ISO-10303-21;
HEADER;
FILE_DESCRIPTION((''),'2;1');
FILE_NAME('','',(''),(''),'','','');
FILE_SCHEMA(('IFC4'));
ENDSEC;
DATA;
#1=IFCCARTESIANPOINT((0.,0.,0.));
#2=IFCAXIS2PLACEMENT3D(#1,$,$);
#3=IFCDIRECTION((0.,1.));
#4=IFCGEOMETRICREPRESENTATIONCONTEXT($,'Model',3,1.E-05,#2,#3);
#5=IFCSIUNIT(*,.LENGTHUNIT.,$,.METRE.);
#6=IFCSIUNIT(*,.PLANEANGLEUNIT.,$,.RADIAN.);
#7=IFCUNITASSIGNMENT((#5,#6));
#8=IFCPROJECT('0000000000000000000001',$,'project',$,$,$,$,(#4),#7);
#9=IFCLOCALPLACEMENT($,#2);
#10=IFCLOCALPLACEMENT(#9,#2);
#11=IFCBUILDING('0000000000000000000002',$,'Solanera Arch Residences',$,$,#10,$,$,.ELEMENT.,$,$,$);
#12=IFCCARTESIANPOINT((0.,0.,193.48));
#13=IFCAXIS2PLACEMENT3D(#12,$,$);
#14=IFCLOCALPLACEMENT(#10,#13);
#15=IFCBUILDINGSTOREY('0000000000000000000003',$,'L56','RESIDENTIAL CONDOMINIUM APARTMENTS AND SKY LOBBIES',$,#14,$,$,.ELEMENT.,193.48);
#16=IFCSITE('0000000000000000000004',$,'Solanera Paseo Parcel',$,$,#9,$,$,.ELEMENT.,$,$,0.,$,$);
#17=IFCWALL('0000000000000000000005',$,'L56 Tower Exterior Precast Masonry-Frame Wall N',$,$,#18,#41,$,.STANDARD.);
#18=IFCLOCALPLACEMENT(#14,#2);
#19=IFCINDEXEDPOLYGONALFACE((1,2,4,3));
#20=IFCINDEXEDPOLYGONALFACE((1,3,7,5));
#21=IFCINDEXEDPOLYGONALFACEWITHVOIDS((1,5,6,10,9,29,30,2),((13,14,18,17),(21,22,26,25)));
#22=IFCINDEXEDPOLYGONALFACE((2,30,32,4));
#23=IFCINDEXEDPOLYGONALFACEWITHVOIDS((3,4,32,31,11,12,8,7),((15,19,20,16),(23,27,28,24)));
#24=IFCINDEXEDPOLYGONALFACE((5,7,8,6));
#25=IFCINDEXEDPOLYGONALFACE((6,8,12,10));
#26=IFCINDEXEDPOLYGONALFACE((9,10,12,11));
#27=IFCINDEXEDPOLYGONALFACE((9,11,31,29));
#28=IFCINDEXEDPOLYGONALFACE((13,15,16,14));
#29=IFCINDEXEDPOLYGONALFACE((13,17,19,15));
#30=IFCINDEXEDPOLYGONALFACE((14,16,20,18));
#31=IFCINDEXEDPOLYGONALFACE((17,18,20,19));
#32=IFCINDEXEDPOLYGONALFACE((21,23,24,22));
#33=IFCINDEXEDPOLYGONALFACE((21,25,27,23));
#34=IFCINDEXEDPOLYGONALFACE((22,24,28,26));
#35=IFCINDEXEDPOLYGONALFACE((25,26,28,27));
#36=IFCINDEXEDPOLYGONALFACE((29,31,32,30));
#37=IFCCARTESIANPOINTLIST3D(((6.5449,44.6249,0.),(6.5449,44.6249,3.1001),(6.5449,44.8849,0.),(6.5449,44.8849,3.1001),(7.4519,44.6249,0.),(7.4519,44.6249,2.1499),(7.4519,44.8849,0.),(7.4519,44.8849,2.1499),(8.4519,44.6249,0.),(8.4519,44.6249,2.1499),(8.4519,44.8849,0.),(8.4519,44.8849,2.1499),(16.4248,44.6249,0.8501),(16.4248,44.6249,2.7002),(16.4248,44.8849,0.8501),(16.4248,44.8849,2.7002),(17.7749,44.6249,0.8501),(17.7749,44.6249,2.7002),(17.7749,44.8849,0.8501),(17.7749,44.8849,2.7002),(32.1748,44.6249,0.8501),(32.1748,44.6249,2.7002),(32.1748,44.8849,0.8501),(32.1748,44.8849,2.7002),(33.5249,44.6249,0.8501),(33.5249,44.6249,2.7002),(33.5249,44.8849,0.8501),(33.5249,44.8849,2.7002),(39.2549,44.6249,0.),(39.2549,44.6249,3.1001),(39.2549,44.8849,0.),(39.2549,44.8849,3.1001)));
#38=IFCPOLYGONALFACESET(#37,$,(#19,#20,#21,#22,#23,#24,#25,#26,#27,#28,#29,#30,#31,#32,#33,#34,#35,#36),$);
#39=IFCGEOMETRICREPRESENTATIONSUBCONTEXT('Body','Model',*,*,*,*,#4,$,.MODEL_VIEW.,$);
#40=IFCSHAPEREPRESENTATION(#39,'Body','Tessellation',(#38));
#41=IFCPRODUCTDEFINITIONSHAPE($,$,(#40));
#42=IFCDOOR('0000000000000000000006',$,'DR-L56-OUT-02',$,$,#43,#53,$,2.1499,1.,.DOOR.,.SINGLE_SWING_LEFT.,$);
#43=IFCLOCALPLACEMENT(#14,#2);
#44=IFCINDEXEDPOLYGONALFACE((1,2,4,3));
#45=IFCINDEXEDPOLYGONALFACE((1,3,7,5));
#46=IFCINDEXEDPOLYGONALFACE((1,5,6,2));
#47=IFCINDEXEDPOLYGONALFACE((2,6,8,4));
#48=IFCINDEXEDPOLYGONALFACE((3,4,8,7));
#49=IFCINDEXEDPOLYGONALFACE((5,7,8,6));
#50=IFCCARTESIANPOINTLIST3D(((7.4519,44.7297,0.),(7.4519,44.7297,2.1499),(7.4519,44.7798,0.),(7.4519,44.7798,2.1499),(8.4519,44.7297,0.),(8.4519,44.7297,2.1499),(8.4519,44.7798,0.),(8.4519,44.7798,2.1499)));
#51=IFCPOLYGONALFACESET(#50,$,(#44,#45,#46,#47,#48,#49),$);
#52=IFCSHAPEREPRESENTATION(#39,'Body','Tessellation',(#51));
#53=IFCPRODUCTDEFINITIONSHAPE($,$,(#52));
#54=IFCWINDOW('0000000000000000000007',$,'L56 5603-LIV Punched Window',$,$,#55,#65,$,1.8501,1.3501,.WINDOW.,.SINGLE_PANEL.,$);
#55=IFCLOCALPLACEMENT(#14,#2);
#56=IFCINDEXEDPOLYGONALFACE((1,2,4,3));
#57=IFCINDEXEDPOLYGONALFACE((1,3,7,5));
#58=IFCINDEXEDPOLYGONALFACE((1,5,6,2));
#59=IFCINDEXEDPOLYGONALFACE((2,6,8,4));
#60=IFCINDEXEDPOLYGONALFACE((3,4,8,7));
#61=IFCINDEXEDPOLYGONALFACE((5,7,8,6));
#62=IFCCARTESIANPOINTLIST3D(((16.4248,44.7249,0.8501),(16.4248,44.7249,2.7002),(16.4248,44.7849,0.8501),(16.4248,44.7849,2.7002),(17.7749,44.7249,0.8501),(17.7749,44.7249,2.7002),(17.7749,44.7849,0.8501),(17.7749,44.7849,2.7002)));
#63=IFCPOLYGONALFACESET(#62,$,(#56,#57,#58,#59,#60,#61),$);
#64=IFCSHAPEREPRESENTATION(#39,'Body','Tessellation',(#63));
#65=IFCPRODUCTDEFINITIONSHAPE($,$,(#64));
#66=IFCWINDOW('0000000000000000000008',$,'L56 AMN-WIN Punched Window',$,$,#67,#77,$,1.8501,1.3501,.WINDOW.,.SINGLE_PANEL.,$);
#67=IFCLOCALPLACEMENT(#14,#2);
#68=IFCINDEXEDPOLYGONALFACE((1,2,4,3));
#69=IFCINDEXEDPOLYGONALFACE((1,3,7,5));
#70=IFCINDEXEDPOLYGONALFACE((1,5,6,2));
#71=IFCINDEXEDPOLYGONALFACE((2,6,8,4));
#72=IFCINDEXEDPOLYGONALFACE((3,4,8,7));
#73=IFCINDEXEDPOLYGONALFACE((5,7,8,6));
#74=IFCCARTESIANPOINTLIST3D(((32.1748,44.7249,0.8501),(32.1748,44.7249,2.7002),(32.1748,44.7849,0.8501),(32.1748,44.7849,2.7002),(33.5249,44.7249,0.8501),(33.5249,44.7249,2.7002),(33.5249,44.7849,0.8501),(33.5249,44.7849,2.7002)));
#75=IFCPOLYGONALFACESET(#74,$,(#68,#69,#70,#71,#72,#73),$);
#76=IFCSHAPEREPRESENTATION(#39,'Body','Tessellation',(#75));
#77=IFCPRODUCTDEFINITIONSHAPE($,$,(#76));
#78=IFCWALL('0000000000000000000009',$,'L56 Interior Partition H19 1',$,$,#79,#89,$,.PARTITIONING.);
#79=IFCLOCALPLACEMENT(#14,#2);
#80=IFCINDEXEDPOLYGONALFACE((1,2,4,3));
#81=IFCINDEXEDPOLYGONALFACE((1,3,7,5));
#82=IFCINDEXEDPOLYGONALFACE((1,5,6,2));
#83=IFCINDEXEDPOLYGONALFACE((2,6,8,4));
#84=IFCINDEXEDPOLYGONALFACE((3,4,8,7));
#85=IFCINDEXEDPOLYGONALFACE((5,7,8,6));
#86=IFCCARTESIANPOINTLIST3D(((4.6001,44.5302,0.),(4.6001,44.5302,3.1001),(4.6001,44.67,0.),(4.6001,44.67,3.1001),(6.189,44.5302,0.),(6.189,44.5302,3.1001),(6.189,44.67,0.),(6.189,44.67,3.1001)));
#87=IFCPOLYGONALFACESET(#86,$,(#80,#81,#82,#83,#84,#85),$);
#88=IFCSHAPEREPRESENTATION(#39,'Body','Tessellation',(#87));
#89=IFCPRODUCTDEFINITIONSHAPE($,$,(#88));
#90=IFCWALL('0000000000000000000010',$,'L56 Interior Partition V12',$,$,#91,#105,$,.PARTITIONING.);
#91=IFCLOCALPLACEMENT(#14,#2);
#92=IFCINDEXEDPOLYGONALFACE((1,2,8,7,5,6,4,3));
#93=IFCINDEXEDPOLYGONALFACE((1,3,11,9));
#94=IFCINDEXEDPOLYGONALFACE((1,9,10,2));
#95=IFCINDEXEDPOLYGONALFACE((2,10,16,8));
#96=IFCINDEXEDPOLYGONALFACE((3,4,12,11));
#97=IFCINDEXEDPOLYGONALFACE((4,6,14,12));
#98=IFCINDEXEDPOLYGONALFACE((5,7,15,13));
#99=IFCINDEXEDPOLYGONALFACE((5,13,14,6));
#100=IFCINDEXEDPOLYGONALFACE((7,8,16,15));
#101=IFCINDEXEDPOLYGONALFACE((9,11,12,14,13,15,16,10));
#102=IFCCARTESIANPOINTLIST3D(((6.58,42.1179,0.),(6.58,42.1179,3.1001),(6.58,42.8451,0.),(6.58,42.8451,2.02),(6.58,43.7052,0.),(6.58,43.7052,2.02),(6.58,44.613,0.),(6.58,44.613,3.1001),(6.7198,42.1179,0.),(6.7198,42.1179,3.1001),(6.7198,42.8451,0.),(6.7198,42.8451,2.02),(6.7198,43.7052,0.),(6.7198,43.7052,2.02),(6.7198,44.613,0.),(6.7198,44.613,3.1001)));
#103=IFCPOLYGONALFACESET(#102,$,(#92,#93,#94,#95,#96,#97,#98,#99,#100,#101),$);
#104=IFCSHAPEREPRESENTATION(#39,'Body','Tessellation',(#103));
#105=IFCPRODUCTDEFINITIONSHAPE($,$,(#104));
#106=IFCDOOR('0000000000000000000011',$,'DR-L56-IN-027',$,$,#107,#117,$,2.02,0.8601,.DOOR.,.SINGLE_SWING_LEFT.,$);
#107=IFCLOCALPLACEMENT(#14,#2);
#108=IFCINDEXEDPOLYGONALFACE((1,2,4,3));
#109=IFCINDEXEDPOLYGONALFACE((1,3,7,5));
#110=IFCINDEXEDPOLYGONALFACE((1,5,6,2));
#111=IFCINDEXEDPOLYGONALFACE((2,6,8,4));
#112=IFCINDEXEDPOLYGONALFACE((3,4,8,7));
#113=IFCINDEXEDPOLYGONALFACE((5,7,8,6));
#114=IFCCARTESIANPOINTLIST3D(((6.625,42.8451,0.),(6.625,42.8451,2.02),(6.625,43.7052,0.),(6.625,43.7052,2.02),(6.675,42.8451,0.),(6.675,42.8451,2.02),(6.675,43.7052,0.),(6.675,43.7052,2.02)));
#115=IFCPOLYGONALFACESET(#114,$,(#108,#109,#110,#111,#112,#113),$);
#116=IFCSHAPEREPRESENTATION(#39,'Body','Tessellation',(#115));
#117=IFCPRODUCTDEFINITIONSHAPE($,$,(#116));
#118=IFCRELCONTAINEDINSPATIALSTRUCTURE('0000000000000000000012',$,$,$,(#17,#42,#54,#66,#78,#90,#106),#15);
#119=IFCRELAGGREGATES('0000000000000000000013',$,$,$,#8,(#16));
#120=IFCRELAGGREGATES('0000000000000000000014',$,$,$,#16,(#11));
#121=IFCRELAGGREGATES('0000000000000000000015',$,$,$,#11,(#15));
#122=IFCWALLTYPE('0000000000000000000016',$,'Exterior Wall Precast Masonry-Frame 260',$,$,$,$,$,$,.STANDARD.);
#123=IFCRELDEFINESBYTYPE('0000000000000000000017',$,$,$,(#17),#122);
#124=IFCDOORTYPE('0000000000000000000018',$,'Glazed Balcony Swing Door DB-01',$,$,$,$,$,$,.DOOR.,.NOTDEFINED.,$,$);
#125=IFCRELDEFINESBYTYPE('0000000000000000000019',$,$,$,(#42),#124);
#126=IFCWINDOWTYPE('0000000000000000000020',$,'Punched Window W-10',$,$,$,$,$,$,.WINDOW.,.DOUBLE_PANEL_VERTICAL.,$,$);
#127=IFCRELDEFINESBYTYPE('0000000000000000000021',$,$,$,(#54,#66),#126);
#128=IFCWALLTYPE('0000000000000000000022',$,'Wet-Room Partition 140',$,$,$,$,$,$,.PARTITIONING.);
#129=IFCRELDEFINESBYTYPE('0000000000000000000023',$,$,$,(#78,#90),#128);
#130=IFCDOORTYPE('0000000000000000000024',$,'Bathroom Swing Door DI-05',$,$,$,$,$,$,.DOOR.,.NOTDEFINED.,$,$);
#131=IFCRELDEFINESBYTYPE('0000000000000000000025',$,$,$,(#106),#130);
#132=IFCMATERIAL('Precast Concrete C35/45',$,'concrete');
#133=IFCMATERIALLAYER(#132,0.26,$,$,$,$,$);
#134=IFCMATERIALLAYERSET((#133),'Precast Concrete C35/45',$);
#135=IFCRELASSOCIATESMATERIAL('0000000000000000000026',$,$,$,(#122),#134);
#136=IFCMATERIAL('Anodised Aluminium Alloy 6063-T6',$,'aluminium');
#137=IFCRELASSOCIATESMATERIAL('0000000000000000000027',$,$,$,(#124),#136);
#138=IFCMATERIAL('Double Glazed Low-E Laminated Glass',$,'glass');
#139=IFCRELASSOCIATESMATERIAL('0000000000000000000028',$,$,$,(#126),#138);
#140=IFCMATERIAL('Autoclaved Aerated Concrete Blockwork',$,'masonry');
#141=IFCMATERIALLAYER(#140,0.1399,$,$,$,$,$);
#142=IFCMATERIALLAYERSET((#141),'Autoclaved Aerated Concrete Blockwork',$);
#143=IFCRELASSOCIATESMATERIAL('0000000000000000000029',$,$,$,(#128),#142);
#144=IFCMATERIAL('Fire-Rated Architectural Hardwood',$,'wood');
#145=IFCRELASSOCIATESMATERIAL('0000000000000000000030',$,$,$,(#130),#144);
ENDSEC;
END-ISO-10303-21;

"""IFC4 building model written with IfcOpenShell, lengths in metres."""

from ifc_helpers import new_model, si_unit, direction, frame, frame_2d, origin, place, context, subcontext, project, spatial, rectangle, extrude, material, layer, layer_set, type_object, element, fill, save


model = new_model("IFC4")

# Units and contexts
model_context = context("Model", 3, precision=1e-05, world=origin(), true_north=direction((0.0, 1.0)))
body_context = subcontext(model_context, "Body", "Model", "MODEL_VIEW")
ifc_project = project(units=[si_unit("LENGTHUNIT", "METRE"), si_unit("PLANEANGLEUNIT", "RADIAN")], contexts=[model_context])

# Site, building, storey
site_placement = place(None, origin())
site = spatial("IfcSite", under=ifc_project, at=site_placement, Name="Solanera Paseo Parcel", CompositionType="ELEMENT", RefElevation=0.0)
building_placement = place(site_placement, origin())
building = spatial("IfcBuilding", under=site, at=building_placement, Name="Solanera Arch Residences", CompositionType="ELEMENT")
storey_placement = place(building_placement, frame((0.0, 0.0, 193.48)))
storey = spatial("IfcBuildingStorey", under=building, at=storey_placement, Name="L56", Description="RESIDENTIAL CONDOMINIUM APARTMENTS AND SKY LOBBIES", CompositionType="ELEMENT", Elevation=193.48)

# Shared definitions
ifc_material_1 = material(Name="Precast Concrete C35/45", Category="concrete")
ifc_layer_1 = layer(ifc_material_1, 0.26)
ifc_layer_set_1 = layer_set([ifc_layer_1], Name="Precast Concrete C35/45")
wall_type_1 = type_object("IfcWallType", Name="Exterior Wall Precast Masonry-Frame 260", PredefinedType="STANDARD", material=ifc_layer_set_1)

# Wall, openings, door, windows
wall_1_placement = place(storey_placement, frame((6.5449, 44.7549, 0.0), z_axis=(0.0, 0.0, 1.0), x_axis=(1.0, 0.0, 0.0)))
wall_1 = element("IfcWall", 1, at=wall_1_placement, inside=storey, type_object=wall_type_1, Name="L56 Tower Exterior Precast Masonry-Frame Wall N", PredefinedType="STANDARD", context=body_context, shape_type="SweptSolid", body=[
    extrude(rectangle(XDim=32.71, YDim=0.26, at=frame_2d((16.355, 0.0))), origin(), (0.0, 0.0, 1.0), 3.1001),
])
opening_1_placement = place(wall_1_placement, frame((0.907, 0.0, 0.0)))
opening_1 = element("IfcOpeningElement", 2, at=opening_1_placement, cuts=wall_1, PredefinedType="OPENING", context=body_context, shape_type="SweptSolid", body=[
    extrude(rectangle(XDim=1.0, YDim=2.1499, at=frame_2d((0.5, 1.075))), frame((0.0, 0.1399, 0.0), z_axis=(0.0, -1.0, 0.0), x_axis=(1.0, 0.0, 0.0)), (0.0, 0.0, 1.0), 0.28),
])
opening_2_placement = place(wall_1_placement, frame((9.8799, 0.0, 0.8501)))
opening_2 = element("IfcOpeningElement", 3, at=opening_2_placement, cuts=wall_1, PredefinedType="OPENING", context=body_context, shape_type="SweptSolid", body=[
    extrude(rectangle(XDim=1.3501, YDim=1.8501, at=frame_2d((0.675, 0.925))), frame((0.0, 0.1399, 0.0), z_axis=(0.0, -1.0, 0.0), x_axis=(1.0, 0.0, 0.0)), (0.0, 0.0, 1.0), 0.28),
])
opening_3_placement = place(wall_1_placement, frame((25.6299, 0.0, 0.8501)))
opening_3 = element("IfcOpeningElement", 4, at=opening_3_placement, cuts=wall_1, PredefinedType="OPENING", context=body_context, shape_type="SweptSolid", body=[
    extrude(rectangle(XDim=1.3501, YDim=1.8501, at=frame_2d((0.675, 0.925))), frame((0.0, 0.1399, 0.0), z_axis=(0.0, -1.0, 0.0), x_axis=(1.0, 0.0, 0.0)), (0.0, 0.0, 1.0), 0.28),
])
ifc_material_2 = material(Name="Anodised Aluminium Alloy 6063-T6", Category="aluminium")
door_type_1 = type_object("IfcDoorType", Name="Glazed Balcony Swing Door DB-01", OperationType="NOTDEFINED", PredefinedType="DOOR", material=ifc_material_2)
door_1_placement = place(opening_1_placement, origin())
door_1 = element("IfcDoor", 5, at=door_1_placement, inside=storey, type_object=door_type_1, Name="DR-L56-OUT-02", OperationType="SINGLE_SWING_LEFT", OverallHeight=2.1499, OverallWidth=1.0, PredefinedType="DOOR", context=body_context, shape_type="SweptSolid", body=[
    extrude(rectangle(XDim=1.0, YDim=2.1499, at=frame_2d((0.5, 1.075))), frame((0.0, 0.0249, 0.0), z_axis=(0.0, -1.0, 0.0), x_axis=(1.0, 0.0, 0.0)), (0.0, 0.0, 1.0), 0.05),
])
fill(opening_1, door_1)
ifc_material_3 = material(Name="Double Glazed Low-E Laminated Glass", Category="glass")
window_type = type_object("IfcWindowType", Name="Punched Window W-10", PartitioningType="DOUBLE_PANEL_VERTICAL", PredefinedType="WINDOW", material=ifc_material_3)
window_1_placement = place(opening_2_placement, origin())
window_1 = element("IfcWindow", 6, at=window_1_placement, inside=storey, type_object=window_type, Name="L56 5603-LIV Punched Window", OverallHeight=1.8501, OverallWidth=1.3501, PartitioningType="SINGLE_PANEL", PredefinedType="WINDOW", context=body_context, shape_type="SweptSolid", body=[
    extrude(rectangle(XDim=1.3501, YDim=1.8501, at=frame_2d((0.675, 0.925))), frame((0.0, 0.03, 0.0), z_axis=(0.0, -1.0, 0.0), x_axis=(1.0, 0.0, 0.0)), (0.0, 0.0, 1.0), 0.0601),
])
fill(opening_2, window_1)
window_2_placement = place(opening_3_placement, origin())
window_2 = element("IfcWindow", 7, at=window_2_placement, inside=storey, type_object=window_type, Name="L56 AMN-WIN Punched Window", OverallHeight=1.8501, OverallWidth=1.3501, PartitioningType="SINGLE_PANEL", PredefinedType="WINDOW", context=body_context, shape_type="SweptSolid", body=[
    extrude(rectangle(XDim=1.3501, YDim=1.8501, at=frame_2d((0.675, 0.925))), frame((0.0, 0.03, 0.0), z_axis=(0.0, -1.0, 0.0), x_axis=(1.0, 0.0, 0.0)), (0.0, 0.0, 1.0), 0.0601),
])
fill(opening_3, window_2)

# Wall
ifc_material_4 = material(Name="Autoclaved Aerated Concrete Blockwork", Category="masonry")
ifc_layer_2 = layer(ifc_material_4, 0.1399)
ifc_layer_set_2 = layer_set([ifc_layer_2], Name="Autoclaved Aerated Concrete Blockwork")
wall_type_2 = type_object("IfcWallType", Name="Wet-Room Partition 140", PredefinedType="PARTITIONING", material=ifc_layer_set_2)
wall_2_placement = place(storey_placement, frame((4.6001, 44.6001, 0.0), z_axis=(0.0, 0.0, 1.0), x_axis=(1.0, 0.0, 0.0)))
element("IfcWall", 8, at=wall_2_placement, inside=storey, type_object=wall_type_2, Name="L56 Interior Partition H19 1", PredefinedType="PARTITIONING", context=body_context, shape_type="SweptSolid", body=[
    extrude(rectangle(XDim=1.5889, YDim=0.1399, at=frame_2d((0.7944, 0.0))), origin(), (0.0, 0.0, 1.0), 3.1001),
])

# Wall, opening, door
wall_3_placement = place(storey_placement, frame((6.6499, 42.1179, 0.0), z_axis=(0.0, 0.0, 1.0), x_axis=(0.0, 1.0, 0.0)))
wall_3 = element("IfcWall", 9, at=wall_3_placement, inside=storey, type_object=wall_type_2, Name="L56 Interior Partition V12", PredefinedType="PARTITIONING", context=body_context, shape_type="SweptSolid", body=[
    extrude(rectangle(XDim=2.4951, YDim=0.1399, at=frame_2d((1.2476, 0.0))), origin(), (0.0, 0.0, 1.0), 3.1001),
])
opening_4_placement = place(wall_3_placement, frame((0.7271, 0.0, 0.0)))
opening_4 = element("IfcOpeningElement", 10, at=opening_4_placement, cuts=wall_3, PredefinedType="OPENING", context=body_context, shape_type="SweptSolid", body=[
    extrude(rectangle(XDim=0.8601, YDim=2.02, at=frame_2d((0.4302, 1.01))), frame((0.0, 0.0798, 0.0), z_axis=(0.0, -1.0, 0.0), x_axis=(1.0, 0.0, 0.0)), (0.0, 0.0, 1.0), 0.1599),
])
ifc_material_5 = material(Name="Fire-Rated Architectural Hardwood", Category="wood")
door_type_2 = type_object("IfcDoorType", Name="Bathroom Swing Door DI-05", OperationType="NOTDEFINED", PredefinedType="DOOR", material=ifc_material_5)
door_2_placement = place(opening_4_placement, origin())
door_2 = element("IfcDoor", 11, at=door_2_placement, inside=storey, type_object=door_type_2, Name="DR-L56-IN-027", OperationType="SINGLE_SWING_LEFT", OverallHeight=2.02, OverallWidth=0.8601, PredefinedType="DOOR", context=body_context, shape_type="SweptSolid", body=[
    extrude(rectangle(XDim=0.8601, YDim=2.02, at=frame_2d((0.4302, 1.01))), frame((0.0, 0.0249, 0.0), z_axis=(0.0, -1.0, 0.0), x_axis=(1.0, 0.0, 0.0)), (0.0, 0.0, 1.0), 0.05),
])
fill(opening_4, door_2)

save(model, "model.ifc")
